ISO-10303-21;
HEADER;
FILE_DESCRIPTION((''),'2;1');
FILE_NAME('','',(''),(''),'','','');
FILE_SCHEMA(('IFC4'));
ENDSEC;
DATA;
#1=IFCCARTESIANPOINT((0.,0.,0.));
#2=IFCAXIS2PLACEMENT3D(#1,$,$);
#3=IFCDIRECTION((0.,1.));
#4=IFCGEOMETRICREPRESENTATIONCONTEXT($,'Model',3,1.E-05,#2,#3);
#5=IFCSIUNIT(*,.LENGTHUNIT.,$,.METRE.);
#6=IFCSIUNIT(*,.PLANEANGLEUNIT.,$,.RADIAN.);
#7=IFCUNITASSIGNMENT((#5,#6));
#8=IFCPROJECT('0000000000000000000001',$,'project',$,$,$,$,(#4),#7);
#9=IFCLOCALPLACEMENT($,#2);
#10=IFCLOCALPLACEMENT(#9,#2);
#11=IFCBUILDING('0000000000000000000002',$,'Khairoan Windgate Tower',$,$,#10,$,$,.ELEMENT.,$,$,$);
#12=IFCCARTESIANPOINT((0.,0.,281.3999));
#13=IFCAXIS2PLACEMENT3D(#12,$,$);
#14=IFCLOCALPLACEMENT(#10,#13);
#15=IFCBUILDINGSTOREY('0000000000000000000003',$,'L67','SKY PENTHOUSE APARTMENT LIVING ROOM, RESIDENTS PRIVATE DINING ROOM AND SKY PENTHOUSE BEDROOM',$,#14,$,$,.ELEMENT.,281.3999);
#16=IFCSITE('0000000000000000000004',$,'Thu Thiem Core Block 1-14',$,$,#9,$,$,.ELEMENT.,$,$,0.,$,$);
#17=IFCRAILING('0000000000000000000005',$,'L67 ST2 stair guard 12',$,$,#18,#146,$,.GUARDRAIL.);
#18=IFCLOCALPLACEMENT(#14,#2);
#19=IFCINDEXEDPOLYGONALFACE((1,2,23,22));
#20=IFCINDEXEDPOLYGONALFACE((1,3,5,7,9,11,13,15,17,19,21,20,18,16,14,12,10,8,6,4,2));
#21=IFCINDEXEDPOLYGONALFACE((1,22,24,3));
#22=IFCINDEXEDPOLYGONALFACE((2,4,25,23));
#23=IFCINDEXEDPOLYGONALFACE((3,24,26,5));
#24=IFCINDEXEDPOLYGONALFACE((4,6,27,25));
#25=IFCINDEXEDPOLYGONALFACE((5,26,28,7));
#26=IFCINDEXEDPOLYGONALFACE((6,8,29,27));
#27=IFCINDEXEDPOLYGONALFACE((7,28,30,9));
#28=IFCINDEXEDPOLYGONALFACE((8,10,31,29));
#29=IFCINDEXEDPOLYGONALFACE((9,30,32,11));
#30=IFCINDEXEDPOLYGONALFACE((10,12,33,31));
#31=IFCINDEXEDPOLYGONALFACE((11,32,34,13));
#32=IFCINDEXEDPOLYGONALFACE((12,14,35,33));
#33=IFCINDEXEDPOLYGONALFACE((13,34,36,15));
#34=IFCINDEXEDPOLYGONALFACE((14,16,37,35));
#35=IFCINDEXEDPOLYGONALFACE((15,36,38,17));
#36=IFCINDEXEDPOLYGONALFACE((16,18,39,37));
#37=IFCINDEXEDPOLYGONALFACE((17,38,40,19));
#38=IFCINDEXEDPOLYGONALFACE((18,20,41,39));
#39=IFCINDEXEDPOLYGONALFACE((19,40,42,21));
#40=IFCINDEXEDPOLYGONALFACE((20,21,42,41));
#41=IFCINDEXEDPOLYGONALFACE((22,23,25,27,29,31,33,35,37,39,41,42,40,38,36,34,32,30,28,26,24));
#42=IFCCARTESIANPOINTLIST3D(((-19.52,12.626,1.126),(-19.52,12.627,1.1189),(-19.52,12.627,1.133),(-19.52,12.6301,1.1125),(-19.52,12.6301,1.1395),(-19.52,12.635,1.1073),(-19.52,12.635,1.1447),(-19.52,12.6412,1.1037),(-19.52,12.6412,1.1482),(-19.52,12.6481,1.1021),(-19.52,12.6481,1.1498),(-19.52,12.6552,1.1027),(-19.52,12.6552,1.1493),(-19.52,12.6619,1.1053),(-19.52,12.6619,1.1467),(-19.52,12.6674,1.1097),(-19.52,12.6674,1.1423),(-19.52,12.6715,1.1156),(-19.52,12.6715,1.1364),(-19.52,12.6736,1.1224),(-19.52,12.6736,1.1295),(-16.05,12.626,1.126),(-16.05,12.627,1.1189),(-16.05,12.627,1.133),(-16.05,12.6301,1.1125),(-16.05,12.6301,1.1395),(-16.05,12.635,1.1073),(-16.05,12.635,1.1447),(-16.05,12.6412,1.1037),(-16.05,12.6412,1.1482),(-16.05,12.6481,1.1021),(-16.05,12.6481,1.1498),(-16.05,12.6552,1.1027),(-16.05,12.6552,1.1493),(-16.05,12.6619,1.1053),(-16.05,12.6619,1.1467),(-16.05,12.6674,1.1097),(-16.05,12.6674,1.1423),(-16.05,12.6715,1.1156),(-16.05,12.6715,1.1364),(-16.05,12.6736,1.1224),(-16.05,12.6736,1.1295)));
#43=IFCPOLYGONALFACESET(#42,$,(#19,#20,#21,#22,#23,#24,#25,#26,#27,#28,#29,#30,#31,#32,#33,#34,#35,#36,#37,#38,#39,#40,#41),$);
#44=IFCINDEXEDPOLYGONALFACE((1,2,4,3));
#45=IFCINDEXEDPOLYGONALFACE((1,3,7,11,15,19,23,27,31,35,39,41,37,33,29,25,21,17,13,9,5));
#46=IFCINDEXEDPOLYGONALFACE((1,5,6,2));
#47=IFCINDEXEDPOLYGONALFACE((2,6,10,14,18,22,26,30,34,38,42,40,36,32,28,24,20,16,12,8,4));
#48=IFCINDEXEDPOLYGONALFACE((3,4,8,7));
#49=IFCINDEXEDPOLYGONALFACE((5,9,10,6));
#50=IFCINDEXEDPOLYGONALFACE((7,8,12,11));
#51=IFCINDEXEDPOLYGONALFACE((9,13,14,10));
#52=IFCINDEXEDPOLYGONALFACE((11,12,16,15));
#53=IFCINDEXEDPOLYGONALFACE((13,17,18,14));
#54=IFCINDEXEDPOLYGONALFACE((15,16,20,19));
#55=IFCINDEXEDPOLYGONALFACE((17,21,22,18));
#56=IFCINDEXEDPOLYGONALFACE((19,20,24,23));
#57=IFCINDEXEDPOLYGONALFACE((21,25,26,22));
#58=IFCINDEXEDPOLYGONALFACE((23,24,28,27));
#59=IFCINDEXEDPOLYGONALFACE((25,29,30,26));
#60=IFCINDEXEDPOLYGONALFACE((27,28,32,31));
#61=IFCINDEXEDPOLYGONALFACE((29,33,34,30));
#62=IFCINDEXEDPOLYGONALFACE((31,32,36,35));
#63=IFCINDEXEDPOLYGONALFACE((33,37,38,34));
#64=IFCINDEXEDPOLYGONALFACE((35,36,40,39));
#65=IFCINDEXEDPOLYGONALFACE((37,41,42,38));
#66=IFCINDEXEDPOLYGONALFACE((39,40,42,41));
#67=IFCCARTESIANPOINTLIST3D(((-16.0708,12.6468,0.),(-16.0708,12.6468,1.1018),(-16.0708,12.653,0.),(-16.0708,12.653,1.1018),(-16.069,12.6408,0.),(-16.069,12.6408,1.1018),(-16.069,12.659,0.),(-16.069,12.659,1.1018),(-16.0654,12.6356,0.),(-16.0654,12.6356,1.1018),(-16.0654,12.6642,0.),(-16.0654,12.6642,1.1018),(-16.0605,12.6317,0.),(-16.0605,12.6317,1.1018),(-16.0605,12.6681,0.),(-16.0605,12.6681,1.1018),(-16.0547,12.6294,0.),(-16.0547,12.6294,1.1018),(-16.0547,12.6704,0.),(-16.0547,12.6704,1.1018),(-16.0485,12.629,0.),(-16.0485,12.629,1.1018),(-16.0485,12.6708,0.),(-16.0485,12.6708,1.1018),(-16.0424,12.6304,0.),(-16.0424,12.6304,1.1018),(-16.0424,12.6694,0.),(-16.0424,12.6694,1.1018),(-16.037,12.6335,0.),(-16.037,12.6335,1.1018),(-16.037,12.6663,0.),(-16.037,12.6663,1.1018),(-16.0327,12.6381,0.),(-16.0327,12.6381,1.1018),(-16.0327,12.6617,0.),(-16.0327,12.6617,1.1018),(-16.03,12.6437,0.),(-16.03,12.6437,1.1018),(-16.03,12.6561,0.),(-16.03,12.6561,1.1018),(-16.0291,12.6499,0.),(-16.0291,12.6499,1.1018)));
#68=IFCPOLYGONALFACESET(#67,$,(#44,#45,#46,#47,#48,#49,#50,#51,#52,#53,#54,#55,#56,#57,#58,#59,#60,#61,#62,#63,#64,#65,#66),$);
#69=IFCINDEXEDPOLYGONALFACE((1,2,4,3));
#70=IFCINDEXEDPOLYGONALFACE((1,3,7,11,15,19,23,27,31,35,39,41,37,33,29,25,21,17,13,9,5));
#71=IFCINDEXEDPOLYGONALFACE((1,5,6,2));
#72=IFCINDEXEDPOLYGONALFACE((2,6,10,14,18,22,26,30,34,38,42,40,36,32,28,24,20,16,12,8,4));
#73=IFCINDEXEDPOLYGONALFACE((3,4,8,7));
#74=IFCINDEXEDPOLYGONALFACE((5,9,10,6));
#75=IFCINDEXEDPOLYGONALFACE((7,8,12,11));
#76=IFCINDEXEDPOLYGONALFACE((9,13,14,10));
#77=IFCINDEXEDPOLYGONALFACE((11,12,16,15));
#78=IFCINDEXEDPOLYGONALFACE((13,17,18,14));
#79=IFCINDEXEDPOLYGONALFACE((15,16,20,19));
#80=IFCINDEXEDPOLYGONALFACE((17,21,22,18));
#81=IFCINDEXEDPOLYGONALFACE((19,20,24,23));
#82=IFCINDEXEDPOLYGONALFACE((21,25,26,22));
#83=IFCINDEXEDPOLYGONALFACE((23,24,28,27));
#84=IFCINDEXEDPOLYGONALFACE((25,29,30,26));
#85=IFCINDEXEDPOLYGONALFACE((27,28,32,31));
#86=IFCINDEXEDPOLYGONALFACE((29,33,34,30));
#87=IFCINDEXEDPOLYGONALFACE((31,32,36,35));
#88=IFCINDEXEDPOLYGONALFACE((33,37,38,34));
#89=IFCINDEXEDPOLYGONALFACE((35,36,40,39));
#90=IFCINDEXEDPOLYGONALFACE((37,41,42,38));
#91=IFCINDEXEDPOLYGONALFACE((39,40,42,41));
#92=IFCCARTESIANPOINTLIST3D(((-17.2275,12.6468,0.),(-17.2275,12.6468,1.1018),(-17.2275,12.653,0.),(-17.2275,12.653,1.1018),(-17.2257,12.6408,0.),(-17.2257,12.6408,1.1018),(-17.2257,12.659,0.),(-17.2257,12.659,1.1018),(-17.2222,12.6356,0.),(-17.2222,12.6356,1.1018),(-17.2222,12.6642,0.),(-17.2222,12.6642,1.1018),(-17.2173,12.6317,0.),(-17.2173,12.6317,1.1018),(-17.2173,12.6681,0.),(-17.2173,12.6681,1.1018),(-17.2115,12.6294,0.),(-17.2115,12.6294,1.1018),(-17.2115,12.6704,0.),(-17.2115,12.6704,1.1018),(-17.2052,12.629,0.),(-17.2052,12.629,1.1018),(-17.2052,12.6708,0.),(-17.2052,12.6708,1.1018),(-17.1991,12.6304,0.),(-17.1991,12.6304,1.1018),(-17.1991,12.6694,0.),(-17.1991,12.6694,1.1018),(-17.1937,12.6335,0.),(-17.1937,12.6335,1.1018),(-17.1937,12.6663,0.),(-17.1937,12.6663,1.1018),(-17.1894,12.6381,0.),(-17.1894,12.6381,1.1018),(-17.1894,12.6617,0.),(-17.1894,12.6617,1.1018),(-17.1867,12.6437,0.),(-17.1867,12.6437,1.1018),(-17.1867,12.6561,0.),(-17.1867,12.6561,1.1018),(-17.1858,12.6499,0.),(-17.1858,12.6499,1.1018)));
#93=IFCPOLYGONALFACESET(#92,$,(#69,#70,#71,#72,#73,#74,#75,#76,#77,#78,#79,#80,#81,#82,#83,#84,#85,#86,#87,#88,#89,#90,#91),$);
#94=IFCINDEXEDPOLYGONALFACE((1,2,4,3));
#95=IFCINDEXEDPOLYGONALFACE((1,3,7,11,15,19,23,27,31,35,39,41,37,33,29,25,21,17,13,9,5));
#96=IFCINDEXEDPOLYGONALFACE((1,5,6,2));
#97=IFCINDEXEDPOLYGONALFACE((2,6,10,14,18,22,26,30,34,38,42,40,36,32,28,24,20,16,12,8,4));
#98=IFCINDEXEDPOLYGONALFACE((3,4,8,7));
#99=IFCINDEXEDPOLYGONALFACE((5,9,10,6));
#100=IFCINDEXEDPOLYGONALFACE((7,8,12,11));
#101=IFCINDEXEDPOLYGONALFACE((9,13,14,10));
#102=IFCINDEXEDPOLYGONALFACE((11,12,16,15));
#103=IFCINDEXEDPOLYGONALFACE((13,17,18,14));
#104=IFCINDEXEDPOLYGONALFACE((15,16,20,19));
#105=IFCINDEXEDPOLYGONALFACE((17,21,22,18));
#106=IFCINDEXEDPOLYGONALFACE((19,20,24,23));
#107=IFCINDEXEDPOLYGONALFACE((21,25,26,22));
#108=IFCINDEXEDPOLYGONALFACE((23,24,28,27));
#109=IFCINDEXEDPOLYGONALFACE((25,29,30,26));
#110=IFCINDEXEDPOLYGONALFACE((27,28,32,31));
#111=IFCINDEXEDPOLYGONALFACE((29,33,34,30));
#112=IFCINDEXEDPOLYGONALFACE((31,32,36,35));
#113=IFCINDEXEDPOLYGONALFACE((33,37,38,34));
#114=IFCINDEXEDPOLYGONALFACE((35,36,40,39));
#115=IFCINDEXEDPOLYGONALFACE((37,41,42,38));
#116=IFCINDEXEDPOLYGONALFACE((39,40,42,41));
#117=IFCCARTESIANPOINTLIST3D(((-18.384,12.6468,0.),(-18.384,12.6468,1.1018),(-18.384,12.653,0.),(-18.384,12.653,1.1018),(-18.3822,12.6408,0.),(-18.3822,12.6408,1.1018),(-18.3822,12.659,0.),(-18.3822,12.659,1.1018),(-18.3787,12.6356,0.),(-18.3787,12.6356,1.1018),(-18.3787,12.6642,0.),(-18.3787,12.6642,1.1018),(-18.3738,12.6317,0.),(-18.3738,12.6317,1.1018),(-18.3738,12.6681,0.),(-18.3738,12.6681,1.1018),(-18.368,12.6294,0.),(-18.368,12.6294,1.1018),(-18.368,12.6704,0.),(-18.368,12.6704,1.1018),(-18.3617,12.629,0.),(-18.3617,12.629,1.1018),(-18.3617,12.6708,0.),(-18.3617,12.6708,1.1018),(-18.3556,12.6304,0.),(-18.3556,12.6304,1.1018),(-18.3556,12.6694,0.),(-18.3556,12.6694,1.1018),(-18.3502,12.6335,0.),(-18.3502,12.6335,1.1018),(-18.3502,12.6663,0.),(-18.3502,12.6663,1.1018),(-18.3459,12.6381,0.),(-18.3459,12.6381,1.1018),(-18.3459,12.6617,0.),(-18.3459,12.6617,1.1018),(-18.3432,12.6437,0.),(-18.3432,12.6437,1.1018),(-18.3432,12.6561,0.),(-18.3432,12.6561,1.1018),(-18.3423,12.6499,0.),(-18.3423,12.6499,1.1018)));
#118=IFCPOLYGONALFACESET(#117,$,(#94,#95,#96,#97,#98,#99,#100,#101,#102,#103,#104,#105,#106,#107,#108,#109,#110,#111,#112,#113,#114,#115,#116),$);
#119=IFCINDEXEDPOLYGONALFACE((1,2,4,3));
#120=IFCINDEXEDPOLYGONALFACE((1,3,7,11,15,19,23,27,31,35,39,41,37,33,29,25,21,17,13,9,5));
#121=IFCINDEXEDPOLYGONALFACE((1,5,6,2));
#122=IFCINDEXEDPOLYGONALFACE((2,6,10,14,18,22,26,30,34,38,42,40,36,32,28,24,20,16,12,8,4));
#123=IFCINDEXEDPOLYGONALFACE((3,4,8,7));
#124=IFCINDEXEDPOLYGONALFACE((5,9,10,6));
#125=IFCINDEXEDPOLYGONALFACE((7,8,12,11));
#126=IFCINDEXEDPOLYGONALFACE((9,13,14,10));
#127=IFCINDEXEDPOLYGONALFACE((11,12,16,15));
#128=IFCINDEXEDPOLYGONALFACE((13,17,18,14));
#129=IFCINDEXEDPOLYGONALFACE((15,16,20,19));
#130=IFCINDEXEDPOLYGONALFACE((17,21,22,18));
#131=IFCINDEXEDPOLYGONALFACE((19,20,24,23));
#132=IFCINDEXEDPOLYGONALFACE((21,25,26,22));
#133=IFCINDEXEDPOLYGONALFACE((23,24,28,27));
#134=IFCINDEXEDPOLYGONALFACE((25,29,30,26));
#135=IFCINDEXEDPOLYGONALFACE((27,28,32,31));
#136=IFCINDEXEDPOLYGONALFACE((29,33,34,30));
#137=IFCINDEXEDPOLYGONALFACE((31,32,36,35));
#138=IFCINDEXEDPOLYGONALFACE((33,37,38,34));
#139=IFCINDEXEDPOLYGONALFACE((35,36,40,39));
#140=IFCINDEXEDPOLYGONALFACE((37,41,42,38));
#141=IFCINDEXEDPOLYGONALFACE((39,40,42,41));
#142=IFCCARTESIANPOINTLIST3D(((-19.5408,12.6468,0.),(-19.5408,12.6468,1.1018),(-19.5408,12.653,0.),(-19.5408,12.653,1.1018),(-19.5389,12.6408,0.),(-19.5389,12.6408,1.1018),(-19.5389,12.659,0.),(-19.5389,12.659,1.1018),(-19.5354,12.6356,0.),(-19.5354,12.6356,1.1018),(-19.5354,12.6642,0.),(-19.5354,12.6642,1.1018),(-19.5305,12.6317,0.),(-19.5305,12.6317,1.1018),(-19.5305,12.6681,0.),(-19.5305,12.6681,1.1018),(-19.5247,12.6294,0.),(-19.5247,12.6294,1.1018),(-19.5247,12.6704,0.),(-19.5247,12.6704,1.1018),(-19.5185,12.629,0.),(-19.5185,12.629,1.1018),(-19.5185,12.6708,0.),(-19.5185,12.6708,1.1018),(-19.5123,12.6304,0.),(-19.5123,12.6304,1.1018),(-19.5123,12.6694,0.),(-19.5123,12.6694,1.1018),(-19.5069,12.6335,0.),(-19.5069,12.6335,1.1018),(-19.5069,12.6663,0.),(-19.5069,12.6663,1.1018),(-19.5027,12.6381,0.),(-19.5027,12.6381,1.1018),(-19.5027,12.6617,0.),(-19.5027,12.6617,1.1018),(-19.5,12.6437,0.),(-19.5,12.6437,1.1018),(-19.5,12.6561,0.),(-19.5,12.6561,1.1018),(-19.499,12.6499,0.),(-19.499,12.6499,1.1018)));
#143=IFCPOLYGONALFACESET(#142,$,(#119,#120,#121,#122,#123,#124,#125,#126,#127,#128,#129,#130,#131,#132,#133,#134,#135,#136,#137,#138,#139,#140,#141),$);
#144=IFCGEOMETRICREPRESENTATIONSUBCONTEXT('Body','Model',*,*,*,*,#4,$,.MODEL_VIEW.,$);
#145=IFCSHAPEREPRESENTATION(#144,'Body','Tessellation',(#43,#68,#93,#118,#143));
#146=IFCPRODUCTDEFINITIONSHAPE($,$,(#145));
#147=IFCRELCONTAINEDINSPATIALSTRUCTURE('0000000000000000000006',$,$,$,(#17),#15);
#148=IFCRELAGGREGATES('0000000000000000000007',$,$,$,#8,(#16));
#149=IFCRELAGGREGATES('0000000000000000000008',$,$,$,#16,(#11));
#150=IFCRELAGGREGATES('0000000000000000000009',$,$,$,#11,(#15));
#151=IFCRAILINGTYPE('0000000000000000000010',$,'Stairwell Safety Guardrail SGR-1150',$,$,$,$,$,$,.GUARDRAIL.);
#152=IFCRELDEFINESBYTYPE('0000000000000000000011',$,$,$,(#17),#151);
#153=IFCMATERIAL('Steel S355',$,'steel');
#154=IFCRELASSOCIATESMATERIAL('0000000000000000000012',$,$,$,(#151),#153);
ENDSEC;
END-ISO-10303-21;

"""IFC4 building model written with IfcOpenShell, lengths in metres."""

from ifc_helpers import new_model, si_unit, direction, frame, origin, origin_2d, place, context, subcontext, project, spatial, circle, extrude, material, type_object, element, save


model = new_model("IFC4")

# Units and contexts
model_context = context("Model", 3, precision=1e-05, world=origin(), true_north=direction((0.0, 1.0)))
body_context = subcontext(model_context, "Body", "Model", "MODEL_VIEW")
ifc_project = project(units=[si_unit("LENGTHUNIT", "METRE"), si_unit("PLANEANGLEUNIT", "RADIAN")], contexts=[model_context])

# Site, building, storey
site_placement = place(None, origin())
site = spatial("IfcSite", under=ifc_project, at=site_placement, Name="Thu Thiem Core Block 1-14", CompositionType="ELEMENT", RefElevation=0.0)
building_placement = place(site_placement, origin())
building = spatial("IfcBuilding", under=site, at=building_placement, Name="Khairoan Windgate Tower", CompositionType="ELEMENT")
storey_placement = place(building_placement, frame((0.0, 0.0, 281.3999)))
storey = spatial("IfcBuildingStorey", under=building, at=storey_placement, Name="L67", Description="SKY PENTHOUSE APARTMENT LIVING ROOM, RESIDENTS PRIVATE DINING ROOM AND SKY PENTHOUSE BEDROOM", CompositionType="ELEMENT", Elevation=281.3999)

# Railing
ifc_material_1 = material(Name="Steel S355", Category="steel")
railing_type = type_object("IfcRailingType", Name="Stairwell Safety Guardrail SGR-1150", PredefinedType="GUARDRAIL", material=ifc_material_1)
railing_1_placement = place(storey_placement, frame((-16.05, 12.6499, 0.0)))
element("IfcRailing", 1, at=railing_1_placement, inside=storey, type_object=railing_type, Name="L67 ST2 stair guard 12", PredefinedType="GUARDRAIL", context=body_context, shape_type="SweptSolid", body=[
    extrude(circle(Radius=0.0239, at=origin_2d()), frame((0.0, 0.0, 1.126), z_axis=(-1.0, 0.0, 0.0), x_axis=(0.0, -1.0, 0.0)), (0.0, 0.0, 1.0), 3.47),
    extrude(circle(Radius=0.021, at=origin_2d()), origin(), (0.0, 0.0, 1.0), 1.1018),
    extrude(circle(Radius=0.021, at=origin_2d()), frame((-1.1567, 0.0, 0.0)), (0.0, 0.0, 1.0), 1.1018),
    extrude(circle(Radius=0.021, at=origin_2d()), frame((-2.3132, 0.0, 0.0)), (0.0, 0.0, 1.0), 1.1018),
    extrude(circle(Radius=0.021, at=origin_2d()), frame((-3.47, 0.0, 0.0)), (0.0, 0.0, 1.0), 1.1018),
])

save(model, "model.ifc")
